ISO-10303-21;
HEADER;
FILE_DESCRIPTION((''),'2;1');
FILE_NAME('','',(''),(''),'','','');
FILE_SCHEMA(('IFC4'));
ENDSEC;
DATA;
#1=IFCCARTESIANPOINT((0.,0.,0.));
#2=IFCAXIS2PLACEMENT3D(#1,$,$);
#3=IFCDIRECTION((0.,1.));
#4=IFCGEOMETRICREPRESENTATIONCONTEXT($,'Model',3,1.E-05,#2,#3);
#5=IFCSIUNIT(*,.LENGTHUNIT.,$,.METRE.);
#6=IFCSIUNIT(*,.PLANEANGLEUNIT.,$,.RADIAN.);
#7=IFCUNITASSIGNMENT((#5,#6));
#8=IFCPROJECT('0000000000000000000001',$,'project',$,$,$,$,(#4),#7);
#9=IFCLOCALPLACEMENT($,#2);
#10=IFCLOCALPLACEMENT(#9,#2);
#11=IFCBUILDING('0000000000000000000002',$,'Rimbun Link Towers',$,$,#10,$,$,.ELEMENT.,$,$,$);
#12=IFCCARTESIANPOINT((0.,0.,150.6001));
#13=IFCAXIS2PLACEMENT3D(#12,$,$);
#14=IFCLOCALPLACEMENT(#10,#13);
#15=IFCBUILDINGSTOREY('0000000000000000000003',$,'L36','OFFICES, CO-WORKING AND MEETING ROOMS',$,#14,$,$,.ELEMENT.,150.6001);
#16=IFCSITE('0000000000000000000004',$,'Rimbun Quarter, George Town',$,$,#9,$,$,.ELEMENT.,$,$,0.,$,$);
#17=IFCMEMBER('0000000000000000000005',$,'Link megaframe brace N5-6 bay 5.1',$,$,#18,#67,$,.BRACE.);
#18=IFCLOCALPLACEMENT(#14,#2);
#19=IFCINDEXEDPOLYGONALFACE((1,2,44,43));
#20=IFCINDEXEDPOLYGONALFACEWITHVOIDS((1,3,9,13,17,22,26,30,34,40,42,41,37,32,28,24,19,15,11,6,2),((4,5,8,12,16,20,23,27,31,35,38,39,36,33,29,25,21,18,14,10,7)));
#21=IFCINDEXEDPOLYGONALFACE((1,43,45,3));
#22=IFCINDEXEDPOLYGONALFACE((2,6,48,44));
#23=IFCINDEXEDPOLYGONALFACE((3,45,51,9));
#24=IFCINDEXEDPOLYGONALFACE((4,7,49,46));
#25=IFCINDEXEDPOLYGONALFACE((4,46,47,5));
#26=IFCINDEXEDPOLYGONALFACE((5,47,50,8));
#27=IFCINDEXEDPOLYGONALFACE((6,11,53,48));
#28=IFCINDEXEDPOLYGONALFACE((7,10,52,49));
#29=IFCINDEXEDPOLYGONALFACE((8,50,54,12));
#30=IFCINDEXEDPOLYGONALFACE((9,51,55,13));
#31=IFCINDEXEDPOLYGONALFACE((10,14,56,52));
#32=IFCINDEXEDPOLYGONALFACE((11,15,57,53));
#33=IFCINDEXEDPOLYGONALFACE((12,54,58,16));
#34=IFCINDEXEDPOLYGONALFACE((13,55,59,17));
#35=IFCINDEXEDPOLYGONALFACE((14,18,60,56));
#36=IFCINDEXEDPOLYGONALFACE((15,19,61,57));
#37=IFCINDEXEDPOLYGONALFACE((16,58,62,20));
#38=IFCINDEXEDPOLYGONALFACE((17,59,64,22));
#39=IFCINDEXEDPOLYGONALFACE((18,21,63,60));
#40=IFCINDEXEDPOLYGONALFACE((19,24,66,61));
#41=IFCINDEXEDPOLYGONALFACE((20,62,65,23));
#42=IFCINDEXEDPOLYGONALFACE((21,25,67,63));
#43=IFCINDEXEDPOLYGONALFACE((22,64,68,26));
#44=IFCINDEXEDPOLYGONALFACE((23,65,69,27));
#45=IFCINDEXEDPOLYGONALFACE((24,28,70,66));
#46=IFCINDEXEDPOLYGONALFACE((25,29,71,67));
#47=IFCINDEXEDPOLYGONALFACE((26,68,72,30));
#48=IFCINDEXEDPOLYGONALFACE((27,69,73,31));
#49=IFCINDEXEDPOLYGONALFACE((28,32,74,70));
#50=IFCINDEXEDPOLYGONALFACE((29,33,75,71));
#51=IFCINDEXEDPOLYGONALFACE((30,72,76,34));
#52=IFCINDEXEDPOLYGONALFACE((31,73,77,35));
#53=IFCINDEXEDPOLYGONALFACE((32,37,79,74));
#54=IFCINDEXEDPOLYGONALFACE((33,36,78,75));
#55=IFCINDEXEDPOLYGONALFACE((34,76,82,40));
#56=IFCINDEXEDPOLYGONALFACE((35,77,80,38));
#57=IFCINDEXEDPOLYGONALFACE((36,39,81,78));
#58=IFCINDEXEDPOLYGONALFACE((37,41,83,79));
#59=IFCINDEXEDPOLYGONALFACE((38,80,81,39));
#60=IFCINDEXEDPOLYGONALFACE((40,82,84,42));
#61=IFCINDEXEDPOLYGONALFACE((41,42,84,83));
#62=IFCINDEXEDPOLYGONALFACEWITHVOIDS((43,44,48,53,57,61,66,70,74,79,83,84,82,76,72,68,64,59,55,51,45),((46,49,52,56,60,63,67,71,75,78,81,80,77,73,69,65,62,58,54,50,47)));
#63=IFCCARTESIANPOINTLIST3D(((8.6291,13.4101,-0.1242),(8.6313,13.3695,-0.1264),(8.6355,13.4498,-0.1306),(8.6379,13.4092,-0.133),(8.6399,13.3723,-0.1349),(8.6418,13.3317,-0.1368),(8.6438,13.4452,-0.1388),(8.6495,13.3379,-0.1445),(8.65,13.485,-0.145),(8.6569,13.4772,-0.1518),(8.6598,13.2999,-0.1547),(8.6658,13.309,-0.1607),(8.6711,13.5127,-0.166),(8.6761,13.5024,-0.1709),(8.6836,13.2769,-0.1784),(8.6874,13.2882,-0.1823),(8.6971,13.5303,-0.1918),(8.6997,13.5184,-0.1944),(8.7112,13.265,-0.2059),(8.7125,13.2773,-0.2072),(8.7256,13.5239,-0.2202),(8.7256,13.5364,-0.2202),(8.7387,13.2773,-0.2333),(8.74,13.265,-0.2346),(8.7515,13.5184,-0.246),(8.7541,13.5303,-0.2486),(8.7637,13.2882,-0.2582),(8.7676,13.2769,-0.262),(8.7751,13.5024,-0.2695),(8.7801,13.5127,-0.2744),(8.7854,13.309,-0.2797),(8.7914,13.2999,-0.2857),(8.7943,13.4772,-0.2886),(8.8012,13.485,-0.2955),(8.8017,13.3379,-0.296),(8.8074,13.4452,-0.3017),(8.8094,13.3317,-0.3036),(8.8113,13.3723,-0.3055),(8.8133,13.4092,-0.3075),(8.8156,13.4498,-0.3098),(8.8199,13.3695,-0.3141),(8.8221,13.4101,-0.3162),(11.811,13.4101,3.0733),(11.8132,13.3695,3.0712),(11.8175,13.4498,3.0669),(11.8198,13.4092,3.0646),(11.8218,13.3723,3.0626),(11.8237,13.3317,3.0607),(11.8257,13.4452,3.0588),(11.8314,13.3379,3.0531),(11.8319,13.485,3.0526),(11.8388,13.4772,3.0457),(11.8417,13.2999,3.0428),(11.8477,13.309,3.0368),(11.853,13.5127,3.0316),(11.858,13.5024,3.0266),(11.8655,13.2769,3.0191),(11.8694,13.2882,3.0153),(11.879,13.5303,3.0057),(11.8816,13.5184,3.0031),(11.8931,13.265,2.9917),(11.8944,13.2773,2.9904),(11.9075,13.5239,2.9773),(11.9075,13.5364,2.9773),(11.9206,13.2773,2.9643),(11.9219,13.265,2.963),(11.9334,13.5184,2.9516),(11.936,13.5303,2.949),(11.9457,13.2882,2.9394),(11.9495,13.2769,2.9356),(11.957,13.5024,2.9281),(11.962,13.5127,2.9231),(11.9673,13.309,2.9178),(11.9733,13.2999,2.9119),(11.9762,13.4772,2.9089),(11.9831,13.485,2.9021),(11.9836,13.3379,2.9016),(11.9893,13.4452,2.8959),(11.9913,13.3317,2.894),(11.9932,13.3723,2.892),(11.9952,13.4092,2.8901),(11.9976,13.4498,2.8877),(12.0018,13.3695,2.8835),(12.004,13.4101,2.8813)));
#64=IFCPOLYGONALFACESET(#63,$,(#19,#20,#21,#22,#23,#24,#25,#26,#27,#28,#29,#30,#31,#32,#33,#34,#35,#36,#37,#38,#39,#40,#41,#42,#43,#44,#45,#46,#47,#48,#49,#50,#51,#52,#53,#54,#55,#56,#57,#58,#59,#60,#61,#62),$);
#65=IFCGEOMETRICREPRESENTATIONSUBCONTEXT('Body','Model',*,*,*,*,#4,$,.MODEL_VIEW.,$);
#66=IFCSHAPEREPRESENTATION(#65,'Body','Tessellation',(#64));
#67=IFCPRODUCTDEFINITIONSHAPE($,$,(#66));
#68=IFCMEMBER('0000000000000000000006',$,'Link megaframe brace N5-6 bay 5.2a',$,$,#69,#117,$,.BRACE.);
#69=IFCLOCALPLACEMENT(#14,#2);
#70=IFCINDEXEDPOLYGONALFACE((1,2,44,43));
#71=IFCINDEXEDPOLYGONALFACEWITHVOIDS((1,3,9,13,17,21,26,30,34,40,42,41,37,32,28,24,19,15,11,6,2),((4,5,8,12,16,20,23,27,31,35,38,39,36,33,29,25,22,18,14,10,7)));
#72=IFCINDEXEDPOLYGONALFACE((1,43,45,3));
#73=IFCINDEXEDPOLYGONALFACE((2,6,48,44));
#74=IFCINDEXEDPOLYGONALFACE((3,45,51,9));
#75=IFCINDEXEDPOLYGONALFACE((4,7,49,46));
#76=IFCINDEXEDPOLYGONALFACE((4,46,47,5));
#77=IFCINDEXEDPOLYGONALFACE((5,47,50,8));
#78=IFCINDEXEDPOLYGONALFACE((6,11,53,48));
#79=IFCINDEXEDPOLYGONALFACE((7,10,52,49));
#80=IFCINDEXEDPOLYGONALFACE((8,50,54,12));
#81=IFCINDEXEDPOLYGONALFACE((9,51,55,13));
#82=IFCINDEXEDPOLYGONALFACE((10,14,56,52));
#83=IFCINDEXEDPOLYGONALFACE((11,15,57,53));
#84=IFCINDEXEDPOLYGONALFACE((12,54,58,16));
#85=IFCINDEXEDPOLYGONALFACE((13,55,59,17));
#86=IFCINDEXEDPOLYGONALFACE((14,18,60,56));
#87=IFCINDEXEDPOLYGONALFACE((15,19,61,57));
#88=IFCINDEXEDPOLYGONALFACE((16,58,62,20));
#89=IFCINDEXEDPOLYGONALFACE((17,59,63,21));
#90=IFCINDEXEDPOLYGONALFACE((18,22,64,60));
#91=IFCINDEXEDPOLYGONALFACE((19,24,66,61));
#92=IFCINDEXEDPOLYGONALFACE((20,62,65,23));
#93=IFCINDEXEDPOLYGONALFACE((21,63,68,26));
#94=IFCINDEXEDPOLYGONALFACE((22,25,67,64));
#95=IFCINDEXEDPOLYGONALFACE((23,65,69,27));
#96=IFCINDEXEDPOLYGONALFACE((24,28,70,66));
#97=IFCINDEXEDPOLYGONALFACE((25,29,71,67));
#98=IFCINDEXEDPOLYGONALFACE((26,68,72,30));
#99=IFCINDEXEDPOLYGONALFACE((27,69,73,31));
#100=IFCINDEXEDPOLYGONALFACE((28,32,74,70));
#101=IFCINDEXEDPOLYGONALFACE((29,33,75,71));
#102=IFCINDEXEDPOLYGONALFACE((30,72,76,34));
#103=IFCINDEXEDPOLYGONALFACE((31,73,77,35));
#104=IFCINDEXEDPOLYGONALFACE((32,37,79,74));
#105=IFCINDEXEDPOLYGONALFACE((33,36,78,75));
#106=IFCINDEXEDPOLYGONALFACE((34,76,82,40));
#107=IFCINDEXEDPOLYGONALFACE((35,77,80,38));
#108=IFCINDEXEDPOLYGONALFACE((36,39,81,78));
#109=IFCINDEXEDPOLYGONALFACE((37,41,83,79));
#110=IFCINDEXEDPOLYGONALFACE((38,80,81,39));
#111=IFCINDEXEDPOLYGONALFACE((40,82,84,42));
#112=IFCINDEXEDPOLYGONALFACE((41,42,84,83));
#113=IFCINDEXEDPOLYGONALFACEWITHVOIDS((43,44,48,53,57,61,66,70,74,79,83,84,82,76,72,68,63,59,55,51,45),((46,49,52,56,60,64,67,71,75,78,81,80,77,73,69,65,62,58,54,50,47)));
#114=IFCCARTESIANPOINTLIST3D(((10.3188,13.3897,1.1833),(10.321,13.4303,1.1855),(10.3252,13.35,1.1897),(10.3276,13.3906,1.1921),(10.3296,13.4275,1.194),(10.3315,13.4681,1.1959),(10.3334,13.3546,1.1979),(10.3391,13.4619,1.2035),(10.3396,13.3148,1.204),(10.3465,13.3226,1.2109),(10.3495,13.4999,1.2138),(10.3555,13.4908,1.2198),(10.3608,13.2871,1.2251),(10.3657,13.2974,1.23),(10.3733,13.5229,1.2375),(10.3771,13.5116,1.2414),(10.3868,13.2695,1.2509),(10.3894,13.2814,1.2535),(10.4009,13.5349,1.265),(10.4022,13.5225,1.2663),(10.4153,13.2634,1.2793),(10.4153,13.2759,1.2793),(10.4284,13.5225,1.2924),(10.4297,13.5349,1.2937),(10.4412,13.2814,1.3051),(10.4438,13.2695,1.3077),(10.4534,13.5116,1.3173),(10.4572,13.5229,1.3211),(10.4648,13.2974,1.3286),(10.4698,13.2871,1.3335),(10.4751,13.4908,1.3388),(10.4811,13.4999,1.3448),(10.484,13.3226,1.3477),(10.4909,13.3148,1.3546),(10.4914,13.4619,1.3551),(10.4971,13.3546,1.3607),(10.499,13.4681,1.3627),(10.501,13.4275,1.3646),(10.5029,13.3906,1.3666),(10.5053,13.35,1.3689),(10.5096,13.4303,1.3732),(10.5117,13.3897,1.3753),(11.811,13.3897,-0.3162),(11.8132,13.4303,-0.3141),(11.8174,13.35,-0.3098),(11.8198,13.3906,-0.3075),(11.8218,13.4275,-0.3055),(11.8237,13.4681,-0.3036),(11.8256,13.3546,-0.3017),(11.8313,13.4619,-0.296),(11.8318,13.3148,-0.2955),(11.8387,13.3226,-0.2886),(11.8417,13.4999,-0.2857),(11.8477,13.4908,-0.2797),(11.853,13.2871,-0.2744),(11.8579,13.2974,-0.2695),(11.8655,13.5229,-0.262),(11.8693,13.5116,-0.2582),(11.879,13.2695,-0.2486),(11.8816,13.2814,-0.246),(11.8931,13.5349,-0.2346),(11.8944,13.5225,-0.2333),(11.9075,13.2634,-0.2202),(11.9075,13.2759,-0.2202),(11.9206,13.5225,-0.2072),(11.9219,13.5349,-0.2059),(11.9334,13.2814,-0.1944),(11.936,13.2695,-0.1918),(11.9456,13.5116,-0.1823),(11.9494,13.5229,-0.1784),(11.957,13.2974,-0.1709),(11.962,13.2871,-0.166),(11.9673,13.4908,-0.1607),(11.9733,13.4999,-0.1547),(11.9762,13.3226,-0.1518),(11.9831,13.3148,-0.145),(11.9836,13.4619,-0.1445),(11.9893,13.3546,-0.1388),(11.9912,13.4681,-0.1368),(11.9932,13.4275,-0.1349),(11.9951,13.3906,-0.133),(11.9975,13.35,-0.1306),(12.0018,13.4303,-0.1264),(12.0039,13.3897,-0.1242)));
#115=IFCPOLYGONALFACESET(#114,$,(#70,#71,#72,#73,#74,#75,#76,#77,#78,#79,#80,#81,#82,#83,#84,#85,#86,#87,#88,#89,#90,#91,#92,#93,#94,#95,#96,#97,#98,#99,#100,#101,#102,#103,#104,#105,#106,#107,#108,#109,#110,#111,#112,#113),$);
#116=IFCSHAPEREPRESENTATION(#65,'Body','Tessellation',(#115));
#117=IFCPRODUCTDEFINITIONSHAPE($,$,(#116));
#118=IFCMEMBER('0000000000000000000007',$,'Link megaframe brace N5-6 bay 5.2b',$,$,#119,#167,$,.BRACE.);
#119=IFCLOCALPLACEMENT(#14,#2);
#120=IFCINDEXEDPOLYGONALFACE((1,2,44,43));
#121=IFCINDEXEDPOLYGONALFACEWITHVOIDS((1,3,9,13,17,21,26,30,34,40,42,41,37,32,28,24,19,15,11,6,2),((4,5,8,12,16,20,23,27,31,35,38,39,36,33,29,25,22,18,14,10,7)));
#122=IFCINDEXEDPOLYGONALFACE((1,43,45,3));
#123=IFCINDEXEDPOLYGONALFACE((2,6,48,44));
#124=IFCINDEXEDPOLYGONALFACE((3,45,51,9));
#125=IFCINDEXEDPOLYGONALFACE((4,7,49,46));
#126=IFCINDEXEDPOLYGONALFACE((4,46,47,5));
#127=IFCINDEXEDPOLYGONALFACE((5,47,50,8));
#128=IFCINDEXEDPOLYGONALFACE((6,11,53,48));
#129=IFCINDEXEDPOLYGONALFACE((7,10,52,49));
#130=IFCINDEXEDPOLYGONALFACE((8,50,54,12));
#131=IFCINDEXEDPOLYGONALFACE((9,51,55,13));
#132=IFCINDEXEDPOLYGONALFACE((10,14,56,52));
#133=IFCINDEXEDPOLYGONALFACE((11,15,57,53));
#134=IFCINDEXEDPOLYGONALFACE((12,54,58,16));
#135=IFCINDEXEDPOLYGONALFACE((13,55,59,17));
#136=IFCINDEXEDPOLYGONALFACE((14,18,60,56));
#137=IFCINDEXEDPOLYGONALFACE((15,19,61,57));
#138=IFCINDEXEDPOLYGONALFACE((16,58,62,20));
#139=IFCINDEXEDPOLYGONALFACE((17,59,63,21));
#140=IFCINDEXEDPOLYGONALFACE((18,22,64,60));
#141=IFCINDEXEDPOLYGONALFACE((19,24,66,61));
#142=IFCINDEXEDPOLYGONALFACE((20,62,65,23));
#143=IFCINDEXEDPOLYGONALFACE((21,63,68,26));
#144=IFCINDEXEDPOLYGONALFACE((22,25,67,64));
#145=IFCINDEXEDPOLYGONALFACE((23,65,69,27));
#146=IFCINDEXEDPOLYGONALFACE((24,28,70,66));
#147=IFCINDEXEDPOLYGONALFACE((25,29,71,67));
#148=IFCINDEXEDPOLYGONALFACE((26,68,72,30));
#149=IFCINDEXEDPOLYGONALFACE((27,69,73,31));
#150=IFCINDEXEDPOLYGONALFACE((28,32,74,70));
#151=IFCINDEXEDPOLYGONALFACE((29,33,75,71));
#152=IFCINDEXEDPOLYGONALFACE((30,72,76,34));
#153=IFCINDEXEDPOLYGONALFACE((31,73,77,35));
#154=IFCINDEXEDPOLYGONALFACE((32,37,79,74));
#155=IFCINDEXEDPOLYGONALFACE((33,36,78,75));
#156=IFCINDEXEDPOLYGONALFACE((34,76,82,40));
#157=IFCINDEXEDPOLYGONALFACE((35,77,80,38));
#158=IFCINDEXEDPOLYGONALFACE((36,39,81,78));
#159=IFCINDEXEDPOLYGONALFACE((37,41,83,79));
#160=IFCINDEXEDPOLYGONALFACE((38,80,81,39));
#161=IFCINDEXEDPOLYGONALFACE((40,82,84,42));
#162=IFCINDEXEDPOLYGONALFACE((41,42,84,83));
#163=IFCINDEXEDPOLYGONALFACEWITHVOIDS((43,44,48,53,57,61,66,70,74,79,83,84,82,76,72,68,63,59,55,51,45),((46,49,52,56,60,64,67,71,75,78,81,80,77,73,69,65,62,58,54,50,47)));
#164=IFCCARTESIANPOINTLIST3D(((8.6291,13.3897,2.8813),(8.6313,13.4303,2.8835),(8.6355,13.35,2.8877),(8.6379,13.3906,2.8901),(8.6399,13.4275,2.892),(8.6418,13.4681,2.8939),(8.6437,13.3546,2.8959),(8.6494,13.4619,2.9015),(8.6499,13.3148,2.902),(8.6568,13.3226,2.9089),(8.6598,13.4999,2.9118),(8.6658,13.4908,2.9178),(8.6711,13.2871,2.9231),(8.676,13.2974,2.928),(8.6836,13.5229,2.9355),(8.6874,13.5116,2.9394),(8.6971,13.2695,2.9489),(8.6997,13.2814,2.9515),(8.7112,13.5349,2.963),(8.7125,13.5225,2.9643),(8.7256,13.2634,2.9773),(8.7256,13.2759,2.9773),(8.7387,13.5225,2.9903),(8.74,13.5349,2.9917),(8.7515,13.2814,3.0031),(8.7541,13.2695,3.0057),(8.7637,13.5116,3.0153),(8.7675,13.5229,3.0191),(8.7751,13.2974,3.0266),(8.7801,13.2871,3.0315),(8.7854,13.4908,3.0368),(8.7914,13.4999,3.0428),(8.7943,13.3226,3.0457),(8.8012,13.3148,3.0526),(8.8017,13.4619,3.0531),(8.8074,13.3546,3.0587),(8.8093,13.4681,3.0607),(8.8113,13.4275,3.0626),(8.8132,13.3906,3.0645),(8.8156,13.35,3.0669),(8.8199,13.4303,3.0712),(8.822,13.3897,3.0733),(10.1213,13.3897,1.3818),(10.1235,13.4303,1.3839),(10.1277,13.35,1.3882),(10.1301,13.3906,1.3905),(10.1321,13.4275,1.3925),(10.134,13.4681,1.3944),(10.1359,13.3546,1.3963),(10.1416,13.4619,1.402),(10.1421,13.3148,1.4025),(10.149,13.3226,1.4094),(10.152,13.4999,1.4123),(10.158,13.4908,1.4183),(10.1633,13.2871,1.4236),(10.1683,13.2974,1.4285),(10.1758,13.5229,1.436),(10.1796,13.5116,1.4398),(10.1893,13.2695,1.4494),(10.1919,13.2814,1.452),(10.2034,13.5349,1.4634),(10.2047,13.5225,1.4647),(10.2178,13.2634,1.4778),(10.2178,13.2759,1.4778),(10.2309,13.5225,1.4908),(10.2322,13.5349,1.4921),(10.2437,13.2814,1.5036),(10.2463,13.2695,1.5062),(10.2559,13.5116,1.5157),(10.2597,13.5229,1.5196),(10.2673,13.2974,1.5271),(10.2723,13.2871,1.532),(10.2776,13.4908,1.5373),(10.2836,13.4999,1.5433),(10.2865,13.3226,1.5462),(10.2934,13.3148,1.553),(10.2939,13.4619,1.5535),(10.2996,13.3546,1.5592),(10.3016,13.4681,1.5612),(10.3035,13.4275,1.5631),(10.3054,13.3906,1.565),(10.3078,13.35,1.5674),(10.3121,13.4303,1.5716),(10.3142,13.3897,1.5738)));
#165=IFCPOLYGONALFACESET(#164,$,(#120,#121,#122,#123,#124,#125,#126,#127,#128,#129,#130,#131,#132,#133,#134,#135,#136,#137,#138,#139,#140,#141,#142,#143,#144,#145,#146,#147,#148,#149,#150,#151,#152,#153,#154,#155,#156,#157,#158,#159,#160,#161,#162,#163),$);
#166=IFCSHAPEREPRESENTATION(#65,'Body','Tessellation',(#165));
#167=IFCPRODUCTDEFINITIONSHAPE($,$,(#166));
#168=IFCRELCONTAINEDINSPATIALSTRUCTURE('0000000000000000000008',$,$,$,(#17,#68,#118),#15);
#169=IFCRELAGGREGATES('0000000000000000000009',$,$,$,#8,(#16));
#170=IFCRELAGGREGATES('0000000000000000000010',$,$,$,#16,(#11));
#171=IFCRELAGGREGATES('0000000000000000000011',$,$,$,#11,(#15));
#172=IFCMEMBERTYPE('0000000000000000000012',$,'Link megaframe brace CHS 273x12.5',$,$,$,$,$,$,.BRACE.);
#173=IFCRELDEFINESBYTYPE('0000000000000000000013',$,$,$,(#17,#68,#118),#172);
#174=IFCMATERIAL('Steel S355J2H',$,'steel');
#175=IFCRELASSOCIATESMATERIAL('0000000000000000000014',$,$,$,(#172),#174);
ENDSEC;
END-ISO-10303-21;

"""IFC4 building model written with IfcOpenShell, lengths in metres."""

from ifc_helpers import new_model, si_unit, direction, frame, origin, origin_2d, place, context, subcontext, project, spatial, hollow_circle, extrude, material, material_profile, profile_set, type_object, element, save


model = new_model("IFC4")

# Units and contexts
model_context = context("Model", 3, precision=1e-05, world=origin(), true_north=direction((0.0, 1.0)))
body_context = subcontext(model_context, "Body", "Model", "MODEL_VIEW")
ifc_project = project(units=[si_unit("LENGTHUNIT", "METRE"), si_unit("PLANEANGLEUNIT", "RADIAN")], contexts=[model_context])

# Site, building, storey
site_placement = place(None, origin())
site = spatial("IfcSite", under=ifc_project, at=site_placement, Name="Rimbun Quarter, George Town", CompositionType="ELEMENT", RefElevation=0.0)
building_placement = place(site_placement, origin())
building = spatial("IfcBuilding", under=site, at=building_placement, Name="Rimbun Link Towers", CompositionType="ELEMENT")
storey_placement = place(building_placement, frame((0.0, 0.0, 150.6001)))
storey = spatial("IfcBuildingStorey", under=building, at=storey_placement, Name="L36", Description="OFFICES, CO-WORKING AND MEETING ROOMS", CompositionType="ELEMENT", Elevation=150.6001)

# Members
ifc_material_1 = material(Name="Steel S355J2H", Category="steel")
ifc_material_profile_1 = material_profile(ifc_material_1, hollow_circle(Radius=0.1365, WallThickness=0.0125, at=origin_2d()), Name="CHS 273x12.5")
ifc_profile_set_1 = profile_set([ifc_material_profile_1], Name="Steel S355J2H")
member_type_1 = type_object("IfcMemberType", Name="Link megaframe brace CHS 273x12.5", PredefinedType="BRACE", material=ifc_profile_set_1)
member_1_placement = place(storey_placement, frame((8.7256, 13.3999, -0.2202), z_axis=(0.705373, 0.0, 0.708837), x_axis=(0.0, 1.0, 0.0)))
element("IfcMember", 1, at=member_1_placement, inside=storey, type_object=member_type_1, Name="Link megaframe brace N5-6 bay 5.1", PredefinedType="BRACE", context=body_context, shape_type="SweptSolid", body=[
    extrude(hollow_circle(Radius=0.1365, WallThickness=0.0125, at=origin_2d()), origin(), (0.0, 0.0, 1.0), 4.511),
])
for number, where, z_axis, x_axis, name in (
    (2, (11.9075, 13.3999, -0.2202), (-0.705374, 0.0, 0.708836), (0.0, -1.0, 0.0), "Link megaframe brace N5-6 bay 5.2a"),
    (3, (10.2178, 13.3999, 1.4778), (-0.705374, 0.0, 0.708836), (0.0, -1.0, 0.0), "Link megaframe brace N5-6 bay 5.2b"),
):
    element("IfcMember", number, at=place(storey_placement, frame(where, z_axis=z_axis, x_axis=x_axis)), inside=storey, type_object=member_type_1, Name=name, PredefinedType="BRACE", context=body_context, shape_type="SweptSolid", body=[
        extrude(hollow_circle(Radius=0.1365, WallThickness=0.0125, at=origin_2d()), origin(), (0.0, 0.0, 1.0), 2.1155),
    ])

save(model, "model.ifc")
